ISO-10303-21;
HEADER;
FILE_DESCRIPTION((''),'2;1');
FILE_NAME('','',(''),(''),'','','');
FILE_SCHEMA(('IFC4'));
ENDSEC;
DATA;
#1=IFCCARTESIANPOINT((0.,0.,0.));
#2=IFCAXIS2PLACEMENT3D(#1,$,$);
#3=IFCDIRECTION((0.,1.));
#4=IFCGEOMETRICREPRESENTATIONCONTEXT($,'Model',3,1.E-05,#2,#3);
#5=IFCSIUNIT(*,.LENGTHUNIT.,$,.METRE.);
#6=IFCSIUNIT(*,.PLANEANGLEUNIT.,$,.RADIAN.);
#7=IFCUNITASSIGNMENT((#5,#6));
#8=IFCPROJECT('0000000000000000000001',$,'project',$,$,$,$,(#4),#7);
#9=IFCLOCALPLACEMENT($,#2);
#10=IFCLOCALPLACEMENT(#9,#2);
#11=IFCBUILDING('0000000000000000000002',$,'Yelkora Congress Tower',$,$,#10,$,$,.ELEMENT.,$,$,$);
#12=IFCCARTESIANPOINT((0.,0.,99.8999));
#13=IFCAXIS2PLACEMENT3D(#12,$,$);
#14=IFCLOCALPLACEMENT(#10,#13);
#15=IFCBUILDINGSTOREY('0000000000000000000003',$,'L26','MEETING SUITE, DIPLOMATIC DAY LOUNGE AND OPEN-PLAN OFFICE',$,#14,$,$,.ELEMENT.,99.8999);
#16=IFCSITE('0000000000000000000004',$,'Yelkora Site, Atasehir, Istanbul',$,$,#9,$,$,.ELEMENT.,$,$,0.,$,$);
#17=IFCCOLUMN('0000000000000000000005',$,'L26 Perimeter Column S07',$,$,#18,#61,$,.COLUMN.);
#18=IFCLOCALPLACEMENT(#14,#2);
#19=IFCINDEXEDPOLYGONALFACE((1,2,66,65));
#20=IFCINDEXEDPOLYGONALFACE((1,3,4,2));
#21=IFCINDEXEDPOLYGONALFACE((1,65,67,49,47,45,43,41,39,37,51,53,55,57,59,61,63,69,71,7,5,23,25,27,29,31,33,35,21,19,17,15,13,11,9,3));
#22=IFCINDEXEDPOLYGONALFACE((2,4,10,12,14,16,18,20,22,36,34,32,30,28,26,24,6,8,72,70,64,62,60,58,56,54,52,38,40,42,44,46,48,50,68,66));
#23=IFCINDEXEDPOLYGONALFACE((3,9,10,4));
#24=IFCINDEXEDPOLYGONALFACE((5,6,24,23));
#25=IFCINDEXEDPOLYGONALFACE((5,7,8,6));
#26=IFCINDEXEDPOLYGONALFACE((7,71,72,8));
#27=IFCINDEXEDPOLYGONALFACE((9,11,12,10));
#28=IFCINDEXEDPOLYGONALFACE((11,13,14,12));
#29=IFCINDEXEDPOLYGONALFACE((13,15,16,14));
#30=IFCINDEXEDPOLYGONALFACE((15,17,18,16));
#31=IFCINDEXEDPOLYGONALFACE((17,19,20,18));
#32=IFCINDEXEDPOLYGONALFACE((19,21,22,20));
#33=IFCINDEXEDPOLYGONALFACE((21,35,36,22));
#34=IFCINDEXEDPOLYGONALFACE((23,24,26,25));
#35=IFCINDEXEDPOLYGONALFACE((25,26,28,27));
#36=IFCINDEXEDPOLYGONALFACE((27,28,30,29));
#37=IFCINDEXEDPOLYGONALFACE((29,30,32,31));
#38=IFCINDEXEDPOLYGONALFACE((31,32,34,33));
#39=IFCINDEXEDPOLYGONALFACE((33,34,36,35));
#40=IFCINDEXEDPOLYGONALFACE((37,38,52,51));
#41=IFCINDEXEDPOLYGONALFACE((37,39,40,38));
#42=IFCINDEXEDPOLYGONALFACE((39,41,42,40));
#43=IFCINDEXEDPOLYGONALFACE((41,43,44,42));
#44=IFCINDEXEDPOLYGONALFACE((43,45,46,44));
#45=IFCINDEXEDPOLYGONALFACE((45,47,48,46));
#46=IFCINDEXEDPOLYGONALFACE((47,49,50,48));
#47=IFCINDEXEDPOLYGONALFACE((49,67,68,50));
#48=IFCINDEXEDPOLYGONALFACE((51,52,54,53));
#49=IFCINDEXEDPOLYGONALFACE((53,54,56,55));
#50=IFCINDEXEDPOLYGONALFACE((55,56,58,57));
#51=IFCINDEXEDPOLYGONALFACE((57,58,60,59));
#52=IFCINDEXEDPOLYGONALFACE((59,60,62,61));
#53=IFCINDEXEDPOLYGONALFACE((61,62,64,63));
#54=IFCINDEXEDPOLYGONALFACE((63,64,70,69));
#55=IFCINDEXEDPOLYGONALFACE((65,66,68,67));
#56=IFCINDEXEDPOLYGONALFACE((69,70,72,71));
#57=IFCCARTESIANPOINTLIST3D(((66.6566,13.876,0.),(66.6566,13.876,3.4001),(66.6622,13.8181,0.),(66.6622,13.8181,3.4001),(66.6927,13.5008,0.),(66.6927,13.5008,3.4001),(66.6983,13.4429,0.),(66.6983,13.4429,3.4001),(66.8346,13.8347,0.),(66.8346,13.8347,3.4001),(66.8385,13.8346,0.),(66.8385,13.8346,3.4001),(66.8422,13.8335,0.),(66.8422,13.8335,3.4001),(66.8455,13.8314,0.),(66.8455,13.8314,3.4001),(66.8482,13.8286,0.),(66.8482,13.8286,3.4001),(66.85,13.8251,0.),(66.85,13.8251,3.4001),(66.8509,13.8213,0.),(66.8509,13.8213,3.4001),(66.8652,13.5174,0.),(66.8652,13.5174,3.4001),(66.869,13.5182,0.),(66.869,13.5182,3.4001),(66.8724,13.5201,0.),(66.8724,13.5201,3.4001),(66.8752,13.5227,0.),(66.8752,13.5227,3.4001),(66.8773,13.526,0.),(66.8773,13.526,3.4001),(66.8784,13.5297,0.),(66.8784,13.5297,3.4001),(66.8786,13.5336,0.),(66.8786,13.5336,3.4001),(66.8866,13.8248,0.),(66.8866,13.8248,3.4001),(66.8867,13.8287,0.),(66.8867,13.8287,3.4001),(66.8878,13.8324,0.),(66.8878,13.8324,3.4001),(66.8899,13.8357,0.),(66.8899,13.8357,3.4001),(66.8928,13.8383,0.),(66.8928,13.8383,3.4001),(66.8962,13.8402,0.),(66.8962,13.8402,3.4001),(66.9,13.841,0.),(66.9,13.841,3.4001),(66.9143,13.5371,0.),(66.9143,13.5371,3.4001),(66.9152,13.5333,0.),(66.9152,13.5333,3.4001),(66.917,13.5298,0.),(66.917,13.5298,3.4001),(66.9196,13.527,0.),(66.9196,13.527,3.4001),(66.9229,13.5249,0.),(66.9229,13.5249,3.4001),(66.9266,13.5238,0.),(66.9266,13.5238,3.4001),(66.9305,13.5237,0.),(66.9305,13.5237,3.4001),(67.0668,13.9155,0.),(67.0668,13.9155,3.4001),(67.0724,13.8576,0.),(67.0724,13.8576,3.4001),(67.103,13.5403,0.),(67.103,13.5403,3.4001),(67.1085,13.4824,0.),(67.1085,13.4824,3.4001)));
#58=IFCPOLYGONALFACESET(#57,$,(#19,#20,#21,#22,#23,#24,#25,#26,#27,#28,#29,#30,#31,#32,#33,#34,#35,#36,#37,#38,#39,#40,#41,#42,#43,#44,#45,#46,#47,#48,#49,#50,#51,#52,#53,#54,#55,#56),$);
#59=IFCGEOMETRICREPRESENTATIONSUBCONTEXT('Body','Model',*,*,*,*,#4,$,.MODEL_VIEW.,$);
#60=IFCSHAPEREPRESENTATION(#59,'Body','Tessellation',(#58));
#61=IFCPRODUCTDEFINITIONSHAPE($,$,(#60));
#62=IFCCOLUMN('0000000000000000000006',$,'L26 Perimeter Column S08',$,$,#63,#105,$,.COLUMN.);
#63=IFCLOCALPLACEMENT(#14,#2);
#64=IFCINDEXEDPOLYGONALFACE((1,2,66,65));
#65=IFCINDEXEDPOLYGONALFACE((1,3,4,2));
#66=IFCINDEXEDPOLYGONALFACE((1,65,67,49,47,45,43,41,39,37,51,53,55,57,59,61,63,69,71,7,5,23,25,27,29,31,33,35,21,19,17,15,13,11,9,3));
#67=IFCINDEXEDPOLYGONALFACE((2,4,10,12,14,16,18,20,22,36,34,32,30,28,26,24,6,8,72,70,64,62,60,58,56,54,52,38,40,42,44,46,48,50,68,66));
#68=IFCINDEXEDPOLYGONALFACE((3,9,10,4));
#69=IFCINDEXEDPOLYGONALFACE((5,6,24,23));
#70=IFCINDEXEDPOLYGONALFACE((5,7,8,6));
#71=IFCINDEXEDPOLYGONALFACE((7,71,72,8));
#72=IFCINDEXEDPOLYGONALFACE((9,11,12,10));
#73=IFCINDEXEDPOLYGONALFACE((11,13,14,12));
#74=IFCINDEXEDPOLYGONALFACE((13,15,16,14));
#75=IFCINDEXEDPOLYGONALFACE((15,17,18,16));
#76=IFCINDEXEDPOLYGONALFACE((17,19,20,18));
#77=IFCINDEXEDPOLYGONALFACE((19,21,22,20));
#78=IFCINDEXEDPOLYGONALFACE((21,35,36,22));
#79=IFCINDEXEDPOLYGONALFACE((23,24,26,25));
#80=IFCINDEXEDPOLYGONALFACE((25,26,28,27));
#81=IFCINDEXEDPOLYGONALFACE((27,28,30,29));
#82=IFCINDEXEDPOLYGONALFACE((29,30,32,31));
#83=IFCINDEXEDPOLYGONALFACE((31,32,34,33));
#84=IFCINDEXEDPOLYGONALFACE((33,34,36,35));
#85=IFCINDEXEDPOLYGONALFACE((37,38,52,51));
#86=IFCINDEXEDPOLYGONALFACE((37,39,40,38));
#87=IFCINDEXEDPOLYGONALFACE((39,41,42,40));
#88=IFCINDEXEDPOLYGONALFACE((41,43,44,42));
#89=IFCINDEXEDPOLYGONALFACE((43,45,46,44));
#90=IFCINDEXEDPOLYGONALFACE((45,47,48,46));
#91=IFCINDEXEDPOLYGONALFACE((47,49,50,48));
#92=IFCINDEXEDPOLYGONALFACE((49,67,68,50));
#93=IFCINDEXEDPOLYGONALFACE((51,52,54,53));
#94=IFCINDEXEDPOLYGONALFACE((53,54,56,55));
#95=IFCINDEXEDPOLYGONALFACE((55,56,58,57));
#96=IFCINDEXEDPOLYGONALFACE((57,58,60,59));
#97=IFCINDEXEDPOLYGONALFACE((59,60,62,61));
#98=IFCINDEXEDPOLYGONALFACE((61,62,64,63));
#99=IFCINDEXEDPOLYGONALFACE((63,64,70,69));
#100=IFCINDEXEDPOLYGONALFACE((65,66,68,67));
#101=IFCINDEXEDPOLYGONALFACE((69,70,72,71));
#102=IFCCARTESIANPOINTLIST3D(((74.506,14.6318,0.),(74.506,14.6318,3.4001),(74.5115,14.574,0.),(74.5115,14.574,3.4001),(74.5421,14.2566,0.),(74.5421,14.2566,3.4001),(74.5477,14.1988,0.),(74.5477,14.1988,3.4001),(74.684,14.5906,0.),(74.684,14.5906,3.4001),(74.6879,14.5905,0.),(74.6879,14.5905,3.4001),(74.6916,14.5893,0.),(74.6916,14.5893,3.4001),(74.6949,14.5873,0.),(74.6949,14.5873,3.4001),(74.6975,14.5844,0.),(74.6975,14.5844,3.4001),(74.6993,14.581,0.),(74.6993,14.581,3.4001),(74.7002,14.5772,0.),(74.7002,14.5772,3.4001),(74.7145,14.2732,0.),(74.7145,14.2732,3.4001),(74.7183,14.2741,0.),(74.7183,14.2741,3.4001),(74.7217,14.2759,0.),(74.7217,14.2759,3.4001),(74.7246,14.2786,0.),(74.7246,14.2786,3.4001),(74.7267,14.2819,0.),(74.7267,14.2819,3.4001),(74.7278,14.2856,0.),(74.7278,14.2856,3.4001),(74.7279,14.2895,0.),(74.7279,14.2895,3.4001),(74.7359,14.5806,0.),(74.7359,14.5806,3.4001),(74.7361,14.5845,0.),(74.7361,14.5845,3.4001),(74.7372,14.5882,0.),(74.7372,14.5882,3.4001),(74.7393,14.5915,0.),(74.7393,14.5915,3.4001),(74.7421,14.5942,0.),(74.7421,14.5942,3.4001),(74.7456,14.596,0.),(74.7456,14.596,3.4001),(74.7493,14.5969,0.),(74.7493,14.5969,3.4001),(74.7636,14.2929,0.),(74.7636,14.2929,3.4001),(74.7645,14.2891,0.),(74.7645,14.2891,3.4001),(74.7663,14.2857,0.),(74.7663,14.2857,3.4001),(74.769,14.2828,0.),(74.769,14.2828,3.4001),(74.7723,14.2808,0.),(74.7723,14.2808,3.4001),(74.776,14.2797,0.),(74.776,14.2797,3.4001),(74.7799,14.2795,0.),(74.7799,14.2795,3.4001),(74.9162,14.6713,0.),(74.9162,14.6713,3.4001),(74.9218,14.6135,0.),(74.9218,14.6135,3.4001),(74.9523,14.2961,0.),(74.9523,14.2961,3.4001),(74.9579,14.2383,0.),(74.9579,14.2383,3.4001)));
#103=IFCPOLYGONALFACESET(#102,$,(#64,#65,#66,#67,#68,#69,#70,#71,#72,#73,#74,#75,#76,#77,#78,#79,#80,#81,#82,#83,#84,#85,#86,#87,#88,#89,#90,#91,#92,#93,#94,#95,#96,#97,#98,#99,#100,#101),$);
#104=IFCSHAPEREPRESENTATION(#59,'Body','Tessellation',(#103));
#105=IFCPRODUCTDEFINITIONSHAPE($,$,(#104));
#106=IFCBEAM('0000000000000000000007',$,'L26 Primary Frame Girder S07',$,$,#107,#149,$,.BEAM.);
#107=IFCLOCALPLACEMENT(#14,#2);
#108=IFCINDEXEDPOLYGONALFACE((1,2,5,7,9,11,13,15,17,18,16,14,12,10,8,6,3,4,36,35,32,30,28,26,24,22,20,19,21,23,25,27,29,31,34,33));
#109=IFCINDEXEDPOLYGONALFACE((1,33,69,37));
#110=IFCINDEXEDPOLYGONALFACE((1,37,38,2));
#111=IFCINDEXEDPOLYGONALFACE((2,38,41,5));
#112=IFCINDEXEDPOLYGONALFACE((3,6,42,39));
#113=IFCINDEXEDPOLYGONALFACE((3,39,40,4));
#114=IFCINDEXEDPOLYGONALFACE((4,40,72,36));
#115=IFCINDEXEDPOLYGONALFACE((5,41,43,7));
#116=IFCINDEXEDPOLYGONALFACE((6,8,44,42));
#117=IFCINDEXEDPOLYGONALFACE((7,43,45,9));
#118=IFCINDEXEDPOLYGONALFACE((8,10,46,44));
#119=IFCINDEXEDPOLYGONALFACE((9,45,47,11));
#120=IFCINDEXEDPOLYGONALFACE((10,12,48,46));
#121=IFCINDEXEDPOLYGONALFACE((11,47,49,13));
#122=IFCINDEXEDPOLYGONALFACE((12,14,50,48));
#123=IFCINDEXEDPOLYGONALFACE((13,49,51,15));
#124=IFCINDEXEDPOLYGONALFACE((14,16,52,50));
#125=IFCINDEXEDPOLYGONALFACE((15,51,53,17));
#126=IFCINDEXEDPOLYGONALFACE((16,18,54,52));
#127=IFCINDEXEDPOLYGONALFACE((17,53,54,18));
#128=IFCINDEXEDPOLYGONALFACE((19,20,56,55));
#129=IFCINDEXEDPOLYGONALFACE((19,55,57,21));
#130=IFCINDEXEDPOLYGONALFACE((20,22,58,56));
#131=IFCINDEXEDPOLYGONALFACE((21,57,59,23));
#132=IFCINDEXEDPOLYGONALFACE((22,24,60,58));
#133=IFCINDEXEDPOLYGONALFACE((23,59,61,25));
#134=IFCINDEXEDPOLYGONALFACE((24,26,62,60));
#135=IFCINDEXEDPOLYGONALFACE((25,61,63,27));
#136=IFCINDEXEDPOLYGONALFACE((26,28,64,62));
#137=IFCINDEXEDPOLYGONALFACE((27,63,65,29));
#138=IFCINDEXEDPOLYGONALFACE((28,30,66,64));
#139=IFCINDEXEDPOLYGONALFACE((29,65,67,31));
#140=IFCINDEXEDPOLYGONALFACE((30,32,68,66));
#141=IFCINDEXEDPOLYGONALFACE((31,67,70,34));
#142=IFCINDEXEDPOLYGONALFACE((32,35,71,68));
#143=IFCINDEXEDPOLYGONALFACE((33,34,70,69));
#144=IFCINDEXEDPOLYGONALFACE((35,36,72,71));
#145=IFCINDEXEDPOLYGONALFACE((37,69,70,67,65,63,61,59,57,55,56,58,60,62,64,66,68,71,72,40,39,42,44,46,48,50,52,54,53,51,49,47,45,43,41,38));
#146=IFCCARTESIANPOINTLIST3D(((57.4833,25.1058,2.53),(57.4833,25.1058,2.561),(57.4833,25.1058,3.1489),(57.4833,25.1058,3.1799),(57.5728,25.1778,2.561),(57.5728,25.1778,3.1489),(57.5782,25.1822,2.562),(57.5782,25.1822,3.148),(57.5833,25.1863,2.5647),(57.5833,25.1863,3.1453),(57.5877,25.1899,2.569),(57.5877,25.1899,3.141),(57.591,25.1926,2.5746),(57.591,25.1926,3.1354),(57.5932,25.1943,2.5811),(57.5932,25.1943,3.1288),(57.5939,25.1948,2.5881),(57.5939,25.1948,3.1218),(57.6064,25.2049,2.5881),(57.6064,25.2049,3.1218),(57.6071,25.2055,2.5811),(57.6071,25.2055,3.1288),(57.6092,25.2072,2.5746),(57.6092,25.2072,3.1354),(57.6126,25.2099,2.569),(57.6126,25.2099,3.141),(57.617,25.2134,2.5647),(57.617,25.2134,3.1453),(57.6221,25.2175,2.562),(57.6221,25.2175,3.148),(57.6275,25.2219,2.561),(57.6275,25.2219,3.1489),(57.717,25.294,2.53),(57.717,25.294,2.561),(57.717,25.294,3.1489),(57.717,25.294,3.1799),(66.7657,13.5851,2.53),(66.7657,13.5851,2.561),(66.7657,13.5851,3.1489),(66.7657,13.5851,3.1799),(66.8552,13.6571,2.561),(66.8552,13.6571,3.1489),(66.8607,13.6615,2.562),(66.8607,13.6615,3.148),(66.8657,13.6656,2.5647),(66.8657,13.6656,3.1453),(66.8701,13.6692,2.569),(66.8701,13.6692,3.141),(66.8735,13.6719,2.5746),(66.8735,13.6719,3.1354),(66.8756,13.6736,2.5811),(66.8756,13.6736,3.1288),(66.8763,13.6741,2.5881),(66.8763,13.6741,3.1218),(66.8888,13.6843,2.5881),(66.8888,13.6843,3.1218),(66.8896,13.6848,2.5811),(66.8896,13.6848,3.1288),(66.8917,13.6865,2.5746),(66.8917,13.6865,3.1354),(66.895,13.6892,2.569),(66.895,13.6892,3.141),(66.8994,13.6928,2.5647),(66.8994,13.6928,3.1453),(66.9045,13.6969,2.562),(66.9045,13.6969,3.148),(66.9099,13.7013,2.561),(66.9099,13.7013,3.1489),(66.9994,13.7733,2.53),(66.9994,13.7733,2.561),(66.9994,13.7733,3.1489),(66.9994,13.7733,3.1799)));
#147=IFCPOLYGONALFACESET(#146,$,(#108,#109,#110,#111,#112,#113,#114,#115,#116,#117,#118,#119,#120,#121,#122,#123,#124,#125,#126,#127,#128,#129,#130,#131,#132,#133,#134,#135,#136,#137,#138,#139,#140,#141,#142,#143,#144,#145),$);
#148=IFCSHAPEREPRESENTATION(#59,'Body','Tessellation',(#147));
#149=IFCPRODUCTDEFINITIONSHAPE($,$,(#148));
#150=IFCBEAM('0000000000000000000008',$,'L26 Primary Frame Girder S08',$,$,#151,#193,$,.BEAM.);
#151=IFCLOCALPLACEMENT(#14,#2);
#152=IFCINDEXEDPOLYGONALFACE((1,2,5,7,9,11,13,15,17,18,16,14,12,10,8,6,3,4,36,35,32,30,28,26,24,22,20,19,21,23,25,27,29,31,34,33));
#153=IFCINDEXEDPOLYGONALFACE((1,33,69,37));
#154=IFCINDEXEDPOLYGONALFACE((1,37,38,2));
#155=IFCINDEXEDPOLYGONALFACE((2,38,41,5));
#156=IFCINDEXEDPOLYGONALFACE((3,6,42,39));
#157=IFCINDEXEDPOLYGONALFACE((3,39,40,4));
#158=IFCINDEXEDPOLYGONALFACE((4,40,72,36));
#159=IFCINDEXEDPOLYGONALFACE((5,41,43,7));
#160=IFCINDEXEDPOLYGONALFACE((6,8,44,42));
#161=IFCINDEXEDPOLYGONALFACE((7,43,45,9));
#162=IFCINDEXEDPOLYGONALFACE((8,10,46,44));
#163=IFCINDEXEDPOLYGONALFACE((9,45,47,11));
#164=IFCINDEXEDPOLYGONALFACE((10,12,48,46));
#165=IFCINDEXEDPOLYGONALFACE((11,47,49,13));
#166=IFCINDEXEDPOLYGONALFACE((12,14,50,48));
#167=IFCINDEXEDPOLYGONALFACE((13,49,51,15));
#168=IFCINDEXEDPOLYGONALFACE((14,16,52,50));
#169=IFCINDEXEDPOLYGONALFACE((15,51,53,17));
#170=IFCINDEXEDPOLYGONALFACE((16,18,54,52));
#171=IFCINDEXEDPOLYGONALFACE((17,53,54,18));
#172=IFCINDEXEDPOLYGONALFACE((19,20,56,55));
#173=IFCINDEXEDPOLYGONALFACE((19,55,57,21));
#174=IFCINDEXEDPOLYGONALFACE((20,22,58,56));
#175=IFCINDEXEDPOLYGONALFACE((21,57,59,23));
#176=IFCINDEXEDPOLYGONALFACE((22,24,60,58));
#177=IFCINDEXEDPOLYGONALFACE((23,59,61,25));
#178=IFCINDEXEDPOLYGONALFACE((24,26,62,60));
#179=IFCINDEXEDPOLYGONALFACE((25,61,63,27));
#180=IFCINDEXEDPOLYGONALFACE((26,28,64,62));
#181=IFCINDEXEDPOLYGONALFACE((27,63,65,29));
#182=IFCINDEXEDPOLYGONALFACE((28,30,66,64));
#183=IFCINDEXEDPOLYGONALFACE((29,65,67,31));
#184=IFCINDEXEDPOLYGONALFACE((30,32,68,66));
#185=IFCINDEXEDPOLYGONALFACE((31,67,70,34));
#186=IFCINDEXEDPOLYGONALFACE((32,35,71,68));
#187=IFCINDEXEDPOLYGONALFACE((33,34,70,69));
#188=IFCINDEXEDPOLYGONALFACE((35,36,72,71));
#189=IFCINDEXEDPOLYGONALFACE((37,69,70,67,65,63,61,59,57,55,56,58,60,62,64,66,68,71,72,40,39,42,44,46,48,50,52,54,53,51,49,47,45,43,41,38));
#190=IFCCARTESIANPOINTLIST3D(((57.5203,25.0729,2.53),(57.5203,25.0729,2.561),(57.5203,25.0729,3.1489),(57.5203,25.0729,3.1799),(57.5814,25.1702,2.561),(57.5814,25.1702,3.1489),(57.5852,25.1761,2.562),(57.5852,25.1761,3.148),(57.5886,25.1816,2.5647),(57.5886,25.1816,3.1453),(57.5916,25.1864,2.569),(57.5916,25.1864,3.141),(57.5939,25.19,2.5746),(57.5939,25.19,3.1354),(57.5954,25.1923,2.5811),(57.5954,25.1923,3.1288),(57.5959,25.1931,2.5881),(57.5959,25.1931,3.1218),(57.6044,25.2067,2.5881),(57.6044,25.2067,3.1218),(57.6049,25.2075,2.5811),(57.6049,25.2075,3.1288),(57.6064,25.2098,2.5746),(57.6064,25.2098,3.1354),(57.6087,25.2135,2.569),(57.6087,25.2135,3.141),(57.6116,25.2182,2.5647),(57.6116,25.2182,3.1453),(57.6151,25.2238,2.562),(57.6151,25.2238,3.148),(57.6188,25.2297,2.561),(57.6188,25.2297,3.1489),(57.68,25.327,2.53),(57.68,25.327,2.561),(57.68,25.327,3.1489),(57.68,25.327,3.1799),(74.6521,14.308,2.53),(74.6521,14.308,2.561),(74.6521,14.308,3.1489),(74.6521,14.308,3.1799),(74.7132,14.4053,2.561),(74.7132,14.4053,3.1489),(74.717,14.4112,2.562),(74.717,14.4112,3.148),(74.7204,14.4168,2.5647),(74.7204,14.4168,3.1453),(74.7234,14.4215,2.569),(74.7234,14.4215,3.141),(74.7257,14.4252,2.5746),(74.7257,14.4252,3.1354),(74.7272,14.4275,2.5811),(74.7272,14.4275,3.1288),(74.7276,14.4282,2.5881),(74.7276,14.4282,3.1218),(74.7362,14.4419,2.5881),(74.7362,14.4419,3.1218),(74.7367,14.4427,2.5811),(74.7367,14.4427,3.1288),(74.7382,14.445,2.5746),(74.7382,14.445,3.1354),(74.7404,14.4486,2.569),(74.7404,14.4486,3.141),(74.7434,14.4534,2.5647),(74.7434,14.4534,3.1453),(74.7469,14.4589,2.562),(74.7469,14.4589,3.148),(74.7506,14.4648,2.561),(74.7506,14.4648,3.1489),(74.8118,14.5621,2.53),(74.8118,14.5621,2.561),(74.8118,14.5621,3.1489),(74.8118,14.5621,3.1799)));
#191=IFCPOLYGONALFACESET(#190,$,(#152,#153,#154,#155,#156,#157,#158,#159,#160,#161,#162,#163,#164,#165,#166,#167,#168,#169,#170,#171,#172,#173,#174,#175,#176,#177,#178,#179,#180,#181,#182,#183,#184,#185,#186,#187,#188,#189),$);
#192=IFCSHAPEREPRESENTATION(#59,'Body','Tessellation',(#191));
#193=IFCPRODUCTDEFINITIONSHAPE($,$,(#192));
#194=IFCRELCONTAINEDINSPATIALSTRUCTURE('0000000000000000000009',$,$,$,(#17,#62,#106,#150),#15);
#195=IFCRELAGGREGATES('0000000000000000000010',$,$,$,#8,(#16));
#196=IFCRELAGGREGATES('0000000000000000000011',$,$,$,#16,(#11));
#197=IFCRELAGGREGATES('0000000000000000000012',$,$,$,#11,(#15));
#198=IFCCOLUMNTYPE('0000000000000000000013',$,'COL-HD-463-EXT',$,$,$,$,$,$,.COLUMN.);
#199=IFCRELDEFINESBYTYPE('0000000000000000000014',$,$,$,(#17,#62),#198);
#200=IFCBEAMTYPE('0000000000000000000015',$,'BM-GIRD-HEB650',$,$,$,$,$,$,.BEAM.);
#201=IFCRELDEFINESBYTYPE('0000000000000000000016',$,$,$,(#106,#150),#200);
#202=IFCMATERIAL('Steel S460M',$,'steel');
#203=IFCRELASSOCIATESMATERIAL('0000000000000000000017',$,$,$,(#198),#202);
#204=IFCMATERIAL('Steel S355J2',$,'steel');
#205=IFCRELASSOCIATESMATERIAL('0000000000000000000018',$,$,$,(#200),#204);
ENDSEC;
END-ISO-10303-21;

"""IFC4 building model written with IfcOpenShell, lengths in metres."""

from ifc_helpers import new_model, si_unit, direction, frame, origin, origin_2d, place, context, subcontext, project, spatial, i_section, extrude, material, material_profile, profile_set, type_object, element, save


model = new_model("IFC4")

# Units and contexts
model_context = context("Model", 3, precision=1e-05, world=origin(), true_north=direction((0.0, 1.0)))
body_context = subcontext(model_context, "Body", "Model", "MODEL_VIEW")
ifc_project = project(units=[si_unit("LENGTHUNIT", "METRE"), si_unit("PLANEANGLEUNIT", "RADIAN")], contexts=[model_context])

# Site, building, storey
site_placement = place(None, origin())
site = spatial("IfcSite", under=ifc_project, at=site_placement, Name="Yelkora Site, Atasehir, Istanbul", CompositionType="ELEMENT", RefElevation=0.0)
building_placement = place(site_placement, origin())
building = spatial("IfcBuilding", under=site, at=building_placement, Name="Yelkora Congress Tower", CompositionType="ELEMENT")
storey_placement = place(building_placement, frame((0.0, 0.0, 99.8999)))
storey = spatial("IfcBuildingStorey", under=building, at=storey_placement, Name="L26", Description="MEETING SUITE, DIPLOMATIC DAY LOUNGE AND OPEN-PLAN OFFICE", CompositionType="ELEMENT", Elevation=99.8999)

# Columns
ifc_material_1 = material(Name="Steel S460M", Category="steel")
ifc_material_profile_1 = material_profile(ifc_material_1, i_section(OverallWidth=0.4121, OverallDepth=0.4351, WebThickness=0.0359, FlangeThickness=0.0581, FilletRadius=0.0149, at=origin_2d()), Name="HD 400x463")
ifc_profile_set_1 = profile_set([ifc_material_profile_1], Name="Steel S460M")
column_type = type_object("IfcColumnType", Name="COL-HD-463-EXT", PredefinedType="COLUMN", material=ifc_profile_set_1)
for number, where, z_axis, x_axis, name in (
    (1, (66.8826, 13.6792, 0.0), (0.0, 0.0, 1.0), (0.995396, 0.095846, 0.0), "L26 Perimeter Column S07"),
    (2, (74.7319, 14.4351, 0.0), (0.0, 0.0, 1.0), (0.995396, 0.095846, 0.0), "L26 Perimeter Column S08"),
):
    element("IfcColumn", number, at=place(storey_placement, frame(where, z_axis=z_axis, x_axis=x_axis)), inside=storey, type_object=column_type, Name=name, PredefinedType="COLUMN", context=body_context, shape_type="SweptSolid", body=[
        extrude(i_section(OverallWidth=0.4121, OverallDepth=0.4351, WebThickness=0.0359, FlangeThickness=0.0581, FilletRadius=0.0149, at=origin_2d()), origin(), (0.0, 0.0, 1.0), 3.4001),
    ])

# Beams
ifc_material_2 = material(Name="Steel S355J2", Category="steel")
ifc_material_profile_2 = material_profile(ifc_material_2, i_section(OverallWidth=0.3, OverallDepth=0.6499, WebThickness=0.0161, FlangeThickness=0.031, FilletRadius=0.0271, at=origin_2d()), Name="HEB 650")
ifc_profile_set_2 = profile_set([ifc_material_profile_2], Name="Steel S355J2")
beam_type_1 = type_object("IfcBeamType", Name="BM-GIRD-HEB650", PredefinedType="BEAM", material=ifc_profile_set_2)
beam_1_placement = place(storey_placement, frame((66.8826, 13.6792, 2.855), z_axis=(-0.627406, 0.778692, 0.0), x_axis=(-0.778692, -0.627406, 0.0)))
element("IfcBeam", 3, at=beam_1_placement, inside=storey, type_object=beam_type_1, Name="L26 Primary Frame Girder S07", PredefinedType="BEAM", context=body_context, shape_type="SweptSolid", body=[
    extrude(i_section(OverallWidth=0.3, OverallDepth=0.6499, WebThickness=0.0161, FlangeThickness=0.031, FilletRadius=0.0271, at=origin_2d()), origin(), (0.0, 0.0, 1.0), 14.7949),
])
beam_2_placement = place(storey_placement, frame((74.7319, 14.4351, 2.855), z_axis=(-0.846719, 0.532041, 0.0), x_axis=(-0.532041, -0.846719, 0.0)))
element("IfcBeam", 4, at=beam_2_placement, inside=storey, type_object=beam_type_1, Name="L26 Primary Frame Girder S08", PredefinedType="BEAM", context=body_context, shape_type="SweptSolid", body=[
    extrude(i_section(OverallWidth=0.3, OverallDepth=0.6499, WebThickness=0.0161, FlangeThickness=0.031, FilletRadius=0.0271, at=origin_2d()), origin(), (0.0, 0.0, 1.0), 20.2332),
])

save(model, "model.ifc")
